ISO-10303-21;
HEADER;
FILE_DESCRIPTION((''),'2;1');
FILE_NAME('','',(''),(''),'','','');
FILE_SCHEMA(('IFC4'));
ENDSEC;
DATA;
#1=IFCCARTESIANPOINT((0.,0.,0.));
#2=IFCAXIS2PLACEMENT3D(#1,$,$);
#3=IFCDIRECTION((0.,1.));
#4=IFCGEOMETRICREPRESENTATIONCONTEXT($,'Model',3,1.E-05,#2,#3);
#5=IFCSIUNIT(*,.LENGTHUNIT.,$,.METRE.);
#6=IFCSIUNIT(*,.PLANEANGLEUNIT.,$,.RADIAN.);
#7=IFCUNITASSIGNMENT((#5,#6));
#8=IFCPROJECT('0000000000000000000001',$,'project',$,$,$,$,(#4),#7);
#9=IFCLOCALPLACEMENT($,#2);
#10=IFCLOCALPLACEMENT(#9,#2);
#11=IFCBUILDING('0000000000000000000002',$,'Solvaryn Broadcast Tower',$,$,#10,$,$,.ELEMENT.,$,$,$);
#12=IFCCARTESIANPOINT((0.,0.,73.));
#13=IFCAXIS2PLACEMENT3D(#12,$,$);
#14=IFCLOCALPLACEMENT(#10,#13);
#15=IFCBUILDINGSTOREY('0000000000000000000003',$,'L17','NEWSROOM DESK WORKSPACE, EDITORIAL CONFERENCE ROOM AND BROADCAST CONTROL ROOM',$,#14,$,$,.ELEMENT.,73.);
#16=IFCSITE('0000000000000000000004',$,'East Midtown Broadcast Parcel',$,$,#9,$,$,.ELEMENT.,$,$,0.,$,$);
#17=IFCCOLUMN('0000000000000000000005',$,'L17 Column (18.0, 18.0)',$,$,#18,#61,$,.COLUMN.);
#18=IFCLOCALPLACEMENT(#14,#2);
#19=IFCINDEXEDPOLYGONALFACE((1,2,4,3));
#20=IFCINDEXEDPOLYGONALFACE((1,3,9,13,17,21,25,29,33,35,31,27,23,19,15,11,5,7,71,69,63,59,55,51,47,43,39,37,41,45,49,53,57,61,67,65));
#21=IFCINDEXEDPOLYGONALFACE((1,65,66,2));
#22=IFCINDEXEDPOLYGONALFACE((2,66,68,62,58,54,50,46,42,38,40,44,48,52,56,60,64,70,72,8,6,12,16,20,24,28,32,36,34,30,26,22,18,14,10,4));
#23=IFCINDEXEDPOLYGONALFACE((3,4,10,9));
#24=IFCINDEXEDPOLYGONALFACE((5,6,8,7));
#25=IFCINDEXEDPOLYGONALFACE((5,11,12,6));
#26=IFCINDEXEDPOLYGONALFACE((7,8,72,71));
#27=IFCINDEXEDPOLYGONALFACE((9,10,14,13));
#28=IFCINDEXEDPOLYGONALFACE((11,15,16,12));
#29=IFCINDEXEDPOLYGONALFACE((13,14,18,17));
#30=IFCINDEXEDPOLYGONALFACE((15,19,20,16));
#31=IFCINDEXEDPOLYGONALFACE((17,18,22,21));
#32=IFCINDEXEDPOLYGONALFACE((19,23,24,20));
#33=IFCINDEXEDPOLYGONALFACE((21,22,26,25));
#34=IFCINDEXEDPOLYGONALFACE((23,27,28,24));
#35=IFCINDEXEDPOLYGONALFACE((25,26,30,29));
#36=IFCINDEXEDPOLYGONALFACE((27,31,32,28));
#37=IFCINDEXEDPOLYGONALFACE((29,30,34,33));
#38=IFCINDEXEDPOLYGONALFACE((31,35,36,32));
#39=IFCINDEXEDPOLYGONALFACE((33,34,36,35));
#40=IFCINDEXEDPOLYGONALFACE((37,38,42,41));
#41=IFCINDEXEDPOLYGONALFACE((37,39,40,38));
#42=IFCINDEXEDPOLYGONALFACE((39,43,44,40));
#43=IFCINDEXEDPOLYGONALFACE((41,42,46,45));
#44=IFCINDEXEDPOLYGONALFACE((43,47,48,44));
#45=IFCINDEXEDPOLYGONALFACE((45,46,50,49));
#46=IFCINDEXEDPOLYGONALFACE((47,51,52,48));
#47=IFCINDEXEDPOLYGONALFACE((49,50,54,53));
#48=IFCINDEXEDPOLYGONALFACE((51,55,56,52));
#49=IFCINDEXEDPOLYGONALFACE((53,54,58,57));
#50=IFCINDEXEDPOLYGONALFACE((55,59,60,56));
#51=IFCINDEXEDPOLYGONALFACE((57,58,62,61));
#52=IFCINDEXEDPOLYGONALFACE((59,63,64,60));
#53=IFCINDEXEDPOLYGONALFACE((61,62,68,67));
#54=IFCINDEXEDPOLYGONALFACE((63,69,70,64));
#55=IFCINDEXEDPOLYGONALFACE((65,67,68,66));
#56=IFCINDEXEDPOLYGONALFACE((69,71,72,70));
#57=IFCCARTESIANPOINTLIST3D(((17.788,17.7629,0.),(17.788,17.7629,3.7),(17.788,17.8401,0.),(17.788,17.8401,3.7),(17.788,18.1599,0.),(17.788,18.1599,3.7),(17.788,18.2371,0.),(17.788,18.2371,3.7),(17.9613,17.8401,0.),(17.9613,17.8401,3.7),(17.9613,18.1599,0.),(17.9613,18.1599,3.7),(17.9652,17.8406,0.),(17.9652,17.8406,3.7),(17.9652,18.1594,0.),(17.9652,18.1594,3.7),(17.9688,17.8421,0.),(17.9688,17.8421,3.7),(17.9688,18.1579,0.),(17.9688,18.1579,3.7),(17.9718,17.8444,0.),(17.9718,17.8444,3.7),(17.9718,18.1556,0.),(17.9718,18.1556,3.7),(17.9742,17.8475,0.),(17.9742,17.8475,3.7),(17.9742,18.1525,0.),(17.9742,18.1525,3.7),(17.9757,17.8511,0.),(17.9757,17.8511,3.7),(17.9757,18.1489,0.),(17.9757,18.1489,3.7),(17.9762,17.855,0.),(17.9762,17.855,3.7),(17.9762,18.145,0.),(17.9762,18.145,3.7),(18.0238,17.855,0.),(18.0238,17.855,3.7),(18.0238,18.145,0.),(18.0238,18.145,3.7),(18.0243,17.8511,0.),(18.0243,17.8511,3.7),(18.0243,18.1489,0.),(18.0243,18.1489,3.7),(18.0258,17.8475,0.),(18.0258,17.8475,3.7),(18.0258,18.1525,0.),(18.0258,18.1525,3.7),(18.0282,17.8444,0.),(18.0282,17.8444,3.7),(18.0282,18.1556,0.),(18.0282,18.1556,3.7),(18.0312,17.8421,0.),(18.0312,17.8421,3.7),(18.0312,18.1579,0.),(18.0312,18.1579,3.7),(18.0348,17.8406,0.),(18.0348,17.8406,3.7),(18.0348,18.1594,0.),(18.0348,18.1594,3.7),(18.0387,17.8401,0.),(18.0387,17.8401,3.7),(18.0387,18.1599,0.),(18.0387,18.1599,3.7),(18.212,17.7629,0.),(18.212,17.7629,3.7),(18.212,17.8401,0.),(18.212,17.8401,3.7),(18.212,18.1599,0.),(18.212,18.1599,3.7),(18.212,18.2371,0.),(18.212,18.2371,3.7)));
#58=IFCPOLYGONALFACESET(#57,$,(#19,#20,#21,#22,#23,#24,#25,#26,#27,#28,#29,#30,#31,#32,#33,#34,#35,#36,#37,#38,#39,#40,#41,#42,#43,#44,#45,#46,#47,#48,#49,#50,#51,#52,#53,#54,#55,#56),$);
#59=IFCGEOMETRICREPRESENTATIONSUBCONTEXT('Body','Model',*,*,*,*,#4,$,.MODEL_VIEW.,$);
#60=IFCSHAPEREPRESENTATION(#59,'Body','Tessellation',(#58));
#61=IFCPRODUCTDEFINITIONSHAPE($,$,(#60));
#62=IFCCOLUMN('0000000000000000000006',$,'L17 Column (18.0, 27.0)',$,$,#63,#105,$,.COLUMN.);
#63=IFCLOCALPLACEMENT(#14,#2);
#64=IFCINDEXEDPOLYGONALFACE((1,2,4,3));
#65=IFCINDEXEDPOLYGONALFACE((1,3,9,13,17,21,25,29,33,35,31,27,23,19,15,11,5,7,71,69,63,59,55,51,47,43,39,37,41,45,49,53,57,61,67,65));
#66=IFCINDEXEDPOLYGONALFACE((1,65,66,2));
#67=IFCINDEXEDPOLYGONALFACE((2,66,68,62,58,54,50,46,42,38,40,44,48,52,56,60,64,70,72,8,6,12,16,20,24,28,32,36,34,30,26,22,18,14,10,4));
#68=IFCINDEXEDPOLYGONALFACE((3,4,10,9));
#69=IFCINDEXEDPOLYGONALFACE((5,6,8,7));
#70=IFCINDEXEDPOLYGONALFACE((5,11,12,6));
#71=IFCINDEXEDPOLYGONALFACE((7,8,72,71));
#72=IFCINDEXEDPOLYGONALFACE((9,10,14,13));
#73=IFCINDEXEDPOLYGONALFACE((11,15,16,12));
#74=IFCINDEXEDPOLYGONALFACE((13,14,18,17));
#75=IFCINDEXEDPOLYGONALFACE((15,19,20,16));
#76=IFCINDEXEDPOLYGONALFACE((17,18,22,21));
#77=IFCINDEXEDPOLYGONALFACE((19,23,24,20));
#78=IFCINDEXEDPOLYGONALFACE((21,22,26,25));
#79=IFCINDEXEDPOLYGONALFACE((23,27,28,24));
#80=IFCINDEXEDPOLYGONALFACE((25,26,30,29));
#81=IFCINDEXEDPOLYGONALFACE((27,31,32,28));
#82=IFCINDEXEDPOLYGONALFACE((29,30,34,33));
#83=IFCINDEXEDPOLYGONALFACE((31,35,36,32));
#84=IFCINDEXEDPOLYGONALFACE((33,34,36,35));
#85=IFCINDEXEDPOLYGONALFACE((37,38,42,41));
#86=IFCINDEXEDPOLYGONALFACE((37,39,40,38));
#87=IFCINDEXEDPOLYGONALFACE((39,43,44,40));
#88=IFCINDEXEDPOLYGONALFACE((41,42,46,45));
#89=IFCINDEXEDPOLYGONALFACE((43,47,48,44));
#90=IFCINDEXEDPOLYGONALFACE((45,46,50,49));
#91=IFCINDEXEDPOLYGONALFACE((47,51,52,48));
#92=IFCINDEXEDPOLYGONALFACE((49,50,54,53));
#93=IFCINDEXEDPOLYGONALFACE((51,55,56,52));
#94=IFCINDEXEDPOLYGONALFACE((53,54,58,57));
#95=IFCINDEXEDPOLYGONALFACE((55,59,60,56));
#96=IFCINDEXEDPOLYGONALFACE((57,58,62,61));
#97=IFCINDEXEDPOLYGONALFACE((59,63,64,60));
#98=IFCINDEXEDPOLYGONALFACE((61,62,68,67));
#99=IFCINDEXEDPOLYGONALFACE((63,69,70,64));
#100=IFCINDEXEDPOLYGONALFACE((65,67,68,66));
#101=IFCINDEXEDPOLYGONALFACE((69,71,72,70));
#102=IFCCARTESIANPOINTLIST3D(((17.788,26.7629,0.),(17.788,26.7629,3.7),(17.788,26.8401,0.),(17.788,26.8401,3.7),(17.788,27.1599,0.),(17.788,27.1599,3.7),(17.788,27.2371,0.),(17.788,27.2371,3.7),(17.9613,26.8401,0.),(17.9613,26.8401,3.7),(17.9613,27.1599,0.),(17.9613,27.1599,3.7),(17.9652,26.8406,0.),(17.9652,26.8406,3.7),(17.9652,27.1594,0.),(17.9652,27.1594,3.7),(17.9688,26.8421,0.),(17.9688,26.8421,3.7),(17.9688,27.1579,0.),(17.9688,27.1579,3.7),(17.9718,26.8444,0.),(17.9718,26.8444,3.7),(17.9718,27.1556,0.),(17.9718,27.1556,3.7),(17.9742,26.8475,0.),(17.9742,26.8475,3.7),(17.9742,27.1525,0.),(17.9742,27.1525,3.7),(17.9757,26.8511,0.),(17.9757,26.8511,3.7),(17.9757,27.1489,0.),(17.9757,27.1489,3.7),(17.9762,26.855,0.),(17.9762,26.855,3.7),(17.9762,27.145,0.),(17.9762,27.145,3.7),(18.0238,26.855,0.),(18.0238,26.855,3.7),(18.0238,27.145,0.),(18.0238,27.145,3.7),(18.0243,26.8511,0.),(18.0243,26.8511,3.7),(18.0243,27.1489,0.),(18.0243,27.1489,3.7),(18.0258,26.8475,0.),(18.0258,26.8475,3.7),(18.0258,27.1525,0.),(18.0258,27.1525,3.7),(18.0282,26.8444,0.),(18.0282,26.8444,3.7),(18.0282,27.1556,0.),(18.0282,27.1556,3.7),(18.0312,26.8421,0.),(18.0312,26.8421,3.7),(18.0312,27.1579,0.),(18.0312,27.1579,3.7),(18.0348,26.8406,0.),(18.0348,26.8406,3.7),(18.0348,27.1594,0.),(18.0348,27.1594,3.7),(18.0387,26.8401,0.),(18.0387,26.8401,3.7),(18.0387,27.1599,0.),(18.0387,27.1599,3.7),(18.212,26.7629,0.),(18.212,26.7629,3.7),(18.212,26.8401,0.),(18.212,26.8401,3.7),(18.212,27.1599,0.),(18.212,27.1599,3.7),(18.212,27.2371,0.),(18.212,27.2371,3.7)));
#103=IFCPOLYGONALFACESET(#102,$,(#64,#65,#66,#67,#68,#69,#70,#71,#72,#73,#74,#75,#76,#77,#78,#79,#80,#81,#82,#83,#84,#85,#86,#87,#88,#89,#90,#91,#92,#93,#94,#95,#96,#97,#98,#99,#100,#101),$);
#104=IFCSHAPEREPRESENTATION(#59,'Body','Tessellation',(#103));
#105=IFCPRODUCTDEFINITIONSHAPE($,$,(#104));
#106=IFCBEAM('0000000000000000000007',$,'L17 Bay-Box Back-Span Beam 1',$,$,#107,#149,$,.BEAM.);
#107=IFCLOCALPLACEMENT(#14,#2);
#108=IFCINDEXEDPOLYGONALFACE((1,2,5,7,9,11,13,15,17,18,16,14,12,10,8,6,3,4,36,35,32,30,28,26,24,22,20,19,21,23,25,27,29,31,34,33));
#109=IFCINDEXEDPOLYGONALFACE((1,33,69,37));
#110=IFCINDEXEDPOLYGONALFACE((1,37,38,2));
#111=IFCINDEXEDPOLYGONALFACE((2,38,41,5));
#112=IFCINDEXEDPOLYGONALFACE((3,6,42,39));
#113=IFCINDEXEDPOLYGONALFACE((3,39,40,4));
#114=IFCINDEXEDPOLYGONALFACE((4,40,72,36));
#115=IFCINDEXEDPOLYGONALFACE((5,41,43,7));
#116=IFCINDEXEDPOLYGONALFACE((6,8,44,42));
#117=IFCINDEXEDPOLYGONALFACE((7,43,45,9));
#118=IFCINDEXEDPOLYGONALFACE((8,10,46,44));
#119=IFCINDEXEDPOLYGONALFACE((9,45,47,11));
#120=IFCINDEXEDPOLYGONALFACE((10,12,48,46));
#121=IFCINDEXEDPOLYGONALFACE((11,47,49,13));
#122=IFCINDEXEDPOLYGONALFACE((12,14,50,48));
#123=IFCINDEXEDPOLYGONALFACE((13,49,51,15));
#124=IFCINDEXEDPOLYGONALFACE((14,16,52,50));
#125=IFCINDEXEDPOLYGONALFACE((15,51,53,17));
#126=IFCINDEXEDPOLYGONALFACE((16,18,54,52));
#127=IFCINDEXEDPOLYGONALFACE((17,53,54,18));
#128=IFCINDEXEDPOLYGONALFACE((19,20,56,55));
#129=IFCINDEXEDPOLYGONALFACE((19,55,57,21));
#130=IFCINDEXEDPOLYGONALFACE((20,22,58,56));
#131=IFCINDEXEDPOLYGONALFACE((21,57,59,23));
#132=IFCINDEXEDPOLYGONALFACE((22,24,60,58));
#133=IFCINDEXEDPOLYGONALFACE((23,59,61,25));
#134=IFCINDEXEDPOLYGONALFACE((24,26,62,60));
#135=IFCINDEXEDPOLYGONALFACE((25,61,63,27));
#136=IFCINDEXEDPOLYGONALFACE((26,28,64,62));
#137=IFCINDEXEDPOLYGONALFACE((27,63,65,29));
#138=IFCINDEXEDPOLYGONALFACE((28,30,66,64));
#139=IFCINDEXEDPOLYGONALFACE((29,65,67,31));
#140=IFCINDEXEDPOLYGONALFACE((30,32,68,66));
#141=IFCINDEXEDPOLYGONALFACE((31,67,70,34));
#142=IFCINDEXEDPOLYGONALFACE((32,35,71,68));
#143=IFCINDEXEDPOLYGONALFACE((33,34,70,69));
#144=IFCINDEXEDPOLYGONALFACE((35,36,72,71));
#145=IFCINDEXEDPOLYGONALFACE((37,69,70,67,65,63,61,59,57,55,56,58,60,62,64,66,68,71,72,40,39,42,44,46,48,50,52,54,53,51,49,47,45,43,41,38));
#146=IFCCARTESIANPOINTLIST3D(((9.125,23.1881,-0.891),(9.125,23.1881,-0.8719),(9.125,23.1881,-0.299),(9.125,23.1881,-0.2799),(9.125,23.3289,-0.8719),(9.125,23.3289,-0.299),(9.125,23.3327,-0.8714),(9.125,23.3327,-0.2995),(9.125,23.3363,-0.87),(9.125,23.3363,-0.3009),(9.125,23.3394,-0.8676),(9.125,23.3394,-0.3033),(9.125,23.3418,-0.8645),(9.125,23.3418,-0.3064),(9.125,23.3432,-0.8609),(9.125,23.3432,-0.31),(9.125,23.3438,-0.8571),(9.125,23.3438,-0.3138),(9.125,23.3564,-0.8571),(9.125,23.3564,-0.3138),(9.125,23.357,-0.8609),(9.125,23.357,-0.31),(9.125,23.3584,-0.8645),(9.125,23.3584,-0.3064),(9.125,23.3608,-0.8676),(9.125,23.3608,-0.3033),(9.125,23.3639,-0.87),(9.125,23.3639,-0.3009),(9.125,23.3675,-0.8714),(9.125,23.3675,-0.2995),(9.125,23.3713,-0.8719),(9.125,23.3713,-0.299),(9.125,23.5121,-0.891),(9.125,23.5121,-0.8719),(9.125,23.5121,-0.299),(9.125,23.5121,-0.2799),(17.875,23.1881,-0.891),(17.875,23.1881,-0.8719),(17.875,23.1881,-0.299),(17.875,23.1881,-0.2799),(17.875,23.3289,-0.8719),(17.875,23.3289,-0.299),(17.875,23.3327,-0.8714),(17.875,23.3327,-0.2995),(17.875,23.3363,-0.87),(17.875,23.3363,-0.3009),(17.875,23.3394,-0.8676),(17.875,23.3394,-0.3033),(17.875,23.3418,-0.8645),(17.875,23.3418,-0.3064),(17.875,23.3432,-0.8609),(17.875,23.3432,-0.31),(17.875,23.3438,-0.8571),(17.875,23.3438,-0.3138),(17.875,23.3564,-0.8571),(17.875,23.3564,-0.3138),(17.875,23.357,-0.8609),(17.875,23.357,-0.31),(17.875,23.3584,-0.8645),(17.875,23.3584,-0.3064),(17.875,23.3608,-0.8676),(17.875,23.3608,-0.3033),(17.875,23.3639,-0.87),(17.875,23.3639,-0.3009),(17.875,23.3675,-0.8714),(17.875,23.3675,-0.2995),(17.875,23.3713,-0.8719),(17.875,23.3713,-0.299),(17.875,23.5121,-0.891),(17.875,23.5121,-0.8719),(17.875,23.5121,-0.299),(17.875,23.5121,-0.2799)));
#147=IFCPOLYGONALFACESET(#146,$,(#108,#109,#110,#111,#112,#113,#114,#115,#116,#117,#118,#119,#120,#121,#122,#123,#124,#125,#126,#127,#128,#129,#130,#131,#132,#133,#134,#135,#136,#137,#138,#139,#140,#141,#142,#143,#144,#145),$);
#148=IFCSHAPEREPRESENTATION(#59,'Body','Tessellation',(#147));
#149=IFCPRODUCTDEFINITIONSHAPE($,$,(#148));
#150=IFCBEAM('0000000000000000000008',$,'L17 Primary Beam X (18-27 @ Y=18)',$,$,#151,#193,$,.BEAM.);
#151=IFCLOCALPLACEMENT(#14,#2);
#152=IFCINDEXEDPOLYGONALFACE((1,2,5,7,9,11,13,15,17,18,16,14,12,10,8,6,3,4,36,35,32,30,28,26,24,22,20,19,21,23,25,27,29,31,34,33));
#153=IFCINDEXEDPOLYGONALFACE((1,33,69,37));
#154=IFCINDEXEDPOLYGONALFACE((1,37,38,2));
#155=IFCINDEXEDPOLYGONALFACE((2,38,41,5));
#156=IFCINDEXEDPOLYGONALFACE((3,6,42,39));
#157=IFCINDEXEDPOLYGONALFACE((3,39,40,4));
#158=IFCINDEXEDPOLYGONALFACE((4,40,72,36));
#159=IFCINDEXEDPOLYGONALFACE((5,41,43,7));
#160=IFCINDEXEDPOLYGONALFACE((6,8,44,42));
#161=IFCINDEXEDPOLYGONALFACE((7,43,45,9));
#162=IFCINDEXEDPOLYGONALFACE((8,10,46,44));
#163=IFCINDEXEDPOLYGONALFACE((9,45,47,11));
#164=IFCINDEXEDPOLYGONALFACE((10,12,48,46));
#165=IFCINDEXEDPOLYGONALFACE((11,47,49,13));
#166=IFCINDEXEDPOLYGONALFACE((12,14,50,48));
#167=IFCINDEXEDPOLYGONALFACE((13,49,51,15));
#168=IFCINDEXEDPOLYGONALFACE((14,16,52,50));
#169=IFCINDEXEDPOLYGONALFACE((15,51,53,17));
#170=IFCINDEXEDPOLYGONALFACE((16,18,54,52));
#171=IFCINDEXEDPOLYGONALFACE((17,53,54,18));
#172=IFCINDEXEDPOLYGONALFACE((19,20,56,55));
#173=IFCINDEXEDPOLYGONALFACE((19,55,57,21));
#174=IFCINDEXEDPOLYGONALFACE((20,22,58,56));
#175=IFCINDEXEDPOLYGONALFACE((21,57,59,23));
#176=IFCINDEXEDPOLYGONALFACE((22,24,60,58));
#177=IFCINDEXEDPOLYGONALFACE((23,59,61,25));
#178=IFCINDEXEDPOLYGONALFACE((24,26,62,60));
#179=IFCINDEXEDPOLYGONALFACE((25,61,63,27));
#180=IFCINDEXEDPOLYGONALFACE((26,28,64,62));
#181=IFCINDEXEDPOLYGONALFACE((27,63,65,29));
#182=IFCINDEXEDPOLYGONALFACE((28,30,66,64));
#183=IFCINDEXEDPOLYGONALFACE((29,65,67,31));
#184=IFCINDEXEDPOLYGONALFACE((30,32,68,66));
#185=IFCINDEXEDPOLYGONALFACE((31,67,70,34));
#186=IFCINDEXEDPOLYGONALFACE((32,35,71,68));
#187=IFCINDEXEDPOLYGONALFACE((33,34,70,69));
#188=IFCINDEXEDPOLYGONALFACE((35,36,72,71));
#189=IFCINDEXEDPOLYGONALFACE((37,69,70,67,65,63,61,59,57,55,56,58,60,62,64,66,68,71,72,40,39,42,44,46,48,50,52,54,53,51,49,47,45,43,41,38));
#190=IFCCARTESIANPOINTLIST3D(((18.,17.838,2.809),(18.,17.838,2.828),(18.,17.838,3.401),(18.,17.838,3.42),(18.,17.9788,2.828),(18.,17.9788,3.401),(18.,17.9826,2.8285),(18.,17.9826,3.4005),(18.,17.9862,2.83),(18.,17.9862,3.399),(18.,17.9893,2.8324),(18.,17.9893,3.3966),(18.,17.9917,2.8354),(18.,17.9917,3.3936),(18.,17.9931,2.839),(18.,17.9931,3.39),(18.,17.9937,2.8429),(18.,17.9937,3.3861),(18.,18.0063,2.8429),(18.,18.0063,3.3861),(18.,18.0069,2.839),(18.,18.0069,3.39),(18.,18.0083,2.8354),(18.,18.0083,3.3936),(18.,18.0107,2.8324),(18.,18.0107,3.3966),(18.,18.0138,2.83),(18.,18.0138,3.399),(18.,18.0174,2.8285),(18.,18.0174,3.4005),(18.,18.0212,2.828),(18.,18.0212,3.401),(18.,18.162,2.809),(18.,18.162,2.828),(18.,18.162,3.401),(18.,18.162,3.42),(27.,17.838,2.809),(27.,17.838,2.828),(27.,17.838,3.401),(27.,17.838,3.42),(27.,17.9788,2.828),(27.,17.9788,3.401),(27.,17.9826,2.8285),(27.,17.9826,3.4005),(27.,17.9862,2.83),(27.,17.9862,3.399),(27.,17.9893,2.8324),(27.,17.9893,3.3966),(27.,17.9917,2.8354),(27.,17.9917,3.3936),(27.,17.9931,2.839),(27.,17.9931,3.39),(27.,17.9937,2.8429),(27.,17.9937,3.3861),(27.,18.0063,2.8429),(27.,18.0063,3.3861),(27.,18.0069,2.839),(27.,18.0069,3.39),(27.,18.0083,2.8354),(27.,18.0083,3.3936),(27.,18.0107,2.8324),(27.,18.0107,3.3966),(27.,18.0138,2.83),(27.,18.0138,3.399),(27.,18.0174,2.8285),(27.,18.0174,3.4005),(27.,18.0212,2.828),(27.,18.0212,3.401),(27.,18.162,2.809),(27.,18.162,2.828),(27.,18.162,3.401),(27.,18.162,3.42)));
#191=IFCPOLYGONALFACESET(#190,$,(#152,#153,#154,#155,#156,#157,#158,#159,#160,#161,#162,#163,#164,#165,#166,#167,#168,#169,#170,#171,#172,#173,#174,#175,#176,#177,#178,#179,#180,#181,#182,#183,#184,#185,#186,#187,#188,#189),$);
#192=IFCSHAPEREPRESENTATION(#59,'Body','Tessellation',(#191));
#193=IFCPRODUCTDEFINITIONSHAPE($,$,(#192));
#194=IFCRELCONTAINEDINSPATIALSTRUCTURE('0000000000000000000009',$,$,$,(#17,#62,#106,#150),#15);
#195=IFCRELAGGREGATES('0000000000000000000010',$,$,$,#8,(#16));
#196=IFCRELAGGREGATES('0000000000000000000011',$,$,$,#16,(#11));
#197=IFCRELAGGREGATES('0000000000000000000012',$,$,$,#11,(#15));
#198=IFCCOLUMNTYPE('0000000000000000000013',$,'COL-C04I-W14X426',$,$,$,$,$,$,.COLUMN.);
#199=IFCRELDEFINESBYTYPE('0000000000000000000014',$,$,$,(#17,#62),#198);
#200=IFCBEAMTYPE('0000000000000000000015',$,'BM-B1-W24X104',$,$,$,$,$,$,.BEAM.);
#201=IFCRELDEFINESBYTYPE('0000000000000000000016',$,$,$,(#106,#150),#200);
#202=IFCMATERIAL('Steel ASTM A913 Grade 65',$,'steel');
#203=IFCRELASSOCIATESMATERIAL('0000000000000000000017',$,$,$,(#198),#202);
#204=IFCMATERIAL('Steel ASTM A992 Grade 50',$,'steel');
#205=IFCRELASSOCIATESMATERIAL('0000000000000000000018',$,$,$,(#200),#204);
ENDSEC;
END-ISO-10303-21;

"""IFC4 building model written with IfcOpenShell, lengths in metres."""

from ifc_helpers import new_model, si_unit, direction, frame, origin, origin_2d, place, context, subcontext, project, spatial, i_section, extrude, material, material_profile, profile_set, type_object, element, save


model = new_model("IFC4")

# Units and contexts
model_context = context("Model", 3, precision=1e-05, world=origin(), true_north=direction((0.0, 1.0)))
body_context = subcontext(model_context, "Body", "Model", "MODEL_VIEW")
ifc_project = project(units=[si_unit("LENGTHUNIT", "METRE"), si_unit("PLANEANGLEUNIT", "RADIAN")], contexts=[model_context])

# Site, building, storey
site_placement = place(None, origin())
site = spatial("IfcSite", under=ifc_project, at=site_placement, Name="East Midtown Broadcast Parcel", CompositionType="ELEMENT", RefElevation=0.0)
building_placement = place(site_placement, origin())
building = spatial("IfcBuilding", under=site, at=building_placement, Name="Solvaryn Broadcast Tower", CompositionType="ELEMENT")
storey_placement = place(building_placement, frame((0.0, 0.0, 73.0)))
storey = spatial("IfcBuildingStorey", under=building, at=storey_placement, Name="L17", Description="NEWSROOM DESK WORKSPACE, EDITORIAL CONFERENCE ROOM AND BROADCAST CONTROL ROOM", CompositionType="ELEMENT", Elevation=73.0)

# Columns
ifc_material_1 = material(Name="Steel ASTM A913 Grade 65", Category="steel")
ifc_material_profile_1 = material_profile(ifc_material_1, i_section(OverallWidth=0.4241, OverallDepth=0.4741, WebThickness=0.0476, FlangeThickness=0.0771, FilletRadius=0.0149, at=origin_2d()))
ifc_profile_set_1 = profile_set([ifc_material_profile_1], Name="Steel ASTM A913 Grade 65")
column_type = type_object("IfcColumnType", Name="COL-C04I-W14X426", PredefinedType="COLUMN", material=ifc_profile_set_1)
for number, where, z_axis, x_axis, name in (
    (1, (18.0, 18.0, 0.0), (0.0, 0.0, 1.0), (1.0, 0.0, 0.0), "L17 Column (18.0, 18.0)"),
    (2, (18.0, 27.0, 0.0), (0.0, 0.0, 1.0), (1.0, 0.0, 0.0), "L17 Column (18.0, 27.0)"),
):
    element("IfcColumn", number, at=place(storey_placement, frame(where, z_axis=z_axis, x_axis=x_axis)), inside=storey, type_object=column_type, Name=name, PredefinedType="COLUMN", context=body_context, shape_type="SweptSolid", body=[
        extrude(i_section(OverallWidth=0.4241, OverallDepth=0.4741, WebThickness=0.0476, FlangeThickness=0.0771, FilletRadius=0.0149, at=origin_2d()), origin(), (0.0, 0.0, 1.0), 3.7),
    ])

# Beams
ifc_material_2 = material(Name="Steel ASTM A992 Grade 50", Category="steel")
ifc_material_profile_2 = material_profile(ifc_material_2, i_section(OverallWidth=0.324, OverallDepth=0.6111, WebThickness=0.0127, FlangeThickness=0.019, FilletRadius=0.0149, at=origin_2d()))
ifc_profile_set_2 = profile_set([ifc_material_profile_2], Name="Steel ASTM A992 Grade 50")
beam_type_1 = type_object("IfcBeamType", Name="BM-B1-W24X104", PredefinedType="BEAM", material=ifc_profile_set_2)
beam_1_placement = place(storey_placement, frame((17.875, 23.3501, -0.5854), z_axis=(-1.0, 0.0, 0.0), x_axis=(0.0, -1.0, 0.0)))
element("IfcBeam", 3, at=beam_1_placement, inside=storey, type_object=beam_type_1, Name="L17 Bay-Box Back-Span Beam 1", PredefinedType="BEAM", context=body_context, shape_type="SweptSolid", body=[
    extrude(i_section(OverallWidth=0.324, OverallDepth=0.6111, WebThickness=0.0127, FlangeThickness=0.019, FilletRadius=0.0149, at=origin_2d()), origin(), (0.0, 0.0, 1.0), 8.75),
])
for number, where, z_axis, x_axis, name in (
    (4, (18.0, 18.0, 3.1145), (1.0, 0.0, 0.0), (0.0, 1.0, 0.0), "L17 Primary Beam X (18-27 @ Y=18)"),
):
    element("IfcBeam", number, at=place(storey_placement, frame(where, z_axis=z_axis, x_axis=x_axis)), inside=storey, type_object=beam_type_1, Name=name, PredefinedType="BEAM", context=body_context, shape_type="SweptSolid", body=[
        extrude(i_section(OverallWidth=0.324, OverallDepth=0.6111, WebThickness=0.0127, FlangeThickness=0.019, FilletRadius=0.0149, at=origin_2d()), origin(), (0.0, 0.0, 1.0), 9.0),
    ])

save(model, "model.ifc")
